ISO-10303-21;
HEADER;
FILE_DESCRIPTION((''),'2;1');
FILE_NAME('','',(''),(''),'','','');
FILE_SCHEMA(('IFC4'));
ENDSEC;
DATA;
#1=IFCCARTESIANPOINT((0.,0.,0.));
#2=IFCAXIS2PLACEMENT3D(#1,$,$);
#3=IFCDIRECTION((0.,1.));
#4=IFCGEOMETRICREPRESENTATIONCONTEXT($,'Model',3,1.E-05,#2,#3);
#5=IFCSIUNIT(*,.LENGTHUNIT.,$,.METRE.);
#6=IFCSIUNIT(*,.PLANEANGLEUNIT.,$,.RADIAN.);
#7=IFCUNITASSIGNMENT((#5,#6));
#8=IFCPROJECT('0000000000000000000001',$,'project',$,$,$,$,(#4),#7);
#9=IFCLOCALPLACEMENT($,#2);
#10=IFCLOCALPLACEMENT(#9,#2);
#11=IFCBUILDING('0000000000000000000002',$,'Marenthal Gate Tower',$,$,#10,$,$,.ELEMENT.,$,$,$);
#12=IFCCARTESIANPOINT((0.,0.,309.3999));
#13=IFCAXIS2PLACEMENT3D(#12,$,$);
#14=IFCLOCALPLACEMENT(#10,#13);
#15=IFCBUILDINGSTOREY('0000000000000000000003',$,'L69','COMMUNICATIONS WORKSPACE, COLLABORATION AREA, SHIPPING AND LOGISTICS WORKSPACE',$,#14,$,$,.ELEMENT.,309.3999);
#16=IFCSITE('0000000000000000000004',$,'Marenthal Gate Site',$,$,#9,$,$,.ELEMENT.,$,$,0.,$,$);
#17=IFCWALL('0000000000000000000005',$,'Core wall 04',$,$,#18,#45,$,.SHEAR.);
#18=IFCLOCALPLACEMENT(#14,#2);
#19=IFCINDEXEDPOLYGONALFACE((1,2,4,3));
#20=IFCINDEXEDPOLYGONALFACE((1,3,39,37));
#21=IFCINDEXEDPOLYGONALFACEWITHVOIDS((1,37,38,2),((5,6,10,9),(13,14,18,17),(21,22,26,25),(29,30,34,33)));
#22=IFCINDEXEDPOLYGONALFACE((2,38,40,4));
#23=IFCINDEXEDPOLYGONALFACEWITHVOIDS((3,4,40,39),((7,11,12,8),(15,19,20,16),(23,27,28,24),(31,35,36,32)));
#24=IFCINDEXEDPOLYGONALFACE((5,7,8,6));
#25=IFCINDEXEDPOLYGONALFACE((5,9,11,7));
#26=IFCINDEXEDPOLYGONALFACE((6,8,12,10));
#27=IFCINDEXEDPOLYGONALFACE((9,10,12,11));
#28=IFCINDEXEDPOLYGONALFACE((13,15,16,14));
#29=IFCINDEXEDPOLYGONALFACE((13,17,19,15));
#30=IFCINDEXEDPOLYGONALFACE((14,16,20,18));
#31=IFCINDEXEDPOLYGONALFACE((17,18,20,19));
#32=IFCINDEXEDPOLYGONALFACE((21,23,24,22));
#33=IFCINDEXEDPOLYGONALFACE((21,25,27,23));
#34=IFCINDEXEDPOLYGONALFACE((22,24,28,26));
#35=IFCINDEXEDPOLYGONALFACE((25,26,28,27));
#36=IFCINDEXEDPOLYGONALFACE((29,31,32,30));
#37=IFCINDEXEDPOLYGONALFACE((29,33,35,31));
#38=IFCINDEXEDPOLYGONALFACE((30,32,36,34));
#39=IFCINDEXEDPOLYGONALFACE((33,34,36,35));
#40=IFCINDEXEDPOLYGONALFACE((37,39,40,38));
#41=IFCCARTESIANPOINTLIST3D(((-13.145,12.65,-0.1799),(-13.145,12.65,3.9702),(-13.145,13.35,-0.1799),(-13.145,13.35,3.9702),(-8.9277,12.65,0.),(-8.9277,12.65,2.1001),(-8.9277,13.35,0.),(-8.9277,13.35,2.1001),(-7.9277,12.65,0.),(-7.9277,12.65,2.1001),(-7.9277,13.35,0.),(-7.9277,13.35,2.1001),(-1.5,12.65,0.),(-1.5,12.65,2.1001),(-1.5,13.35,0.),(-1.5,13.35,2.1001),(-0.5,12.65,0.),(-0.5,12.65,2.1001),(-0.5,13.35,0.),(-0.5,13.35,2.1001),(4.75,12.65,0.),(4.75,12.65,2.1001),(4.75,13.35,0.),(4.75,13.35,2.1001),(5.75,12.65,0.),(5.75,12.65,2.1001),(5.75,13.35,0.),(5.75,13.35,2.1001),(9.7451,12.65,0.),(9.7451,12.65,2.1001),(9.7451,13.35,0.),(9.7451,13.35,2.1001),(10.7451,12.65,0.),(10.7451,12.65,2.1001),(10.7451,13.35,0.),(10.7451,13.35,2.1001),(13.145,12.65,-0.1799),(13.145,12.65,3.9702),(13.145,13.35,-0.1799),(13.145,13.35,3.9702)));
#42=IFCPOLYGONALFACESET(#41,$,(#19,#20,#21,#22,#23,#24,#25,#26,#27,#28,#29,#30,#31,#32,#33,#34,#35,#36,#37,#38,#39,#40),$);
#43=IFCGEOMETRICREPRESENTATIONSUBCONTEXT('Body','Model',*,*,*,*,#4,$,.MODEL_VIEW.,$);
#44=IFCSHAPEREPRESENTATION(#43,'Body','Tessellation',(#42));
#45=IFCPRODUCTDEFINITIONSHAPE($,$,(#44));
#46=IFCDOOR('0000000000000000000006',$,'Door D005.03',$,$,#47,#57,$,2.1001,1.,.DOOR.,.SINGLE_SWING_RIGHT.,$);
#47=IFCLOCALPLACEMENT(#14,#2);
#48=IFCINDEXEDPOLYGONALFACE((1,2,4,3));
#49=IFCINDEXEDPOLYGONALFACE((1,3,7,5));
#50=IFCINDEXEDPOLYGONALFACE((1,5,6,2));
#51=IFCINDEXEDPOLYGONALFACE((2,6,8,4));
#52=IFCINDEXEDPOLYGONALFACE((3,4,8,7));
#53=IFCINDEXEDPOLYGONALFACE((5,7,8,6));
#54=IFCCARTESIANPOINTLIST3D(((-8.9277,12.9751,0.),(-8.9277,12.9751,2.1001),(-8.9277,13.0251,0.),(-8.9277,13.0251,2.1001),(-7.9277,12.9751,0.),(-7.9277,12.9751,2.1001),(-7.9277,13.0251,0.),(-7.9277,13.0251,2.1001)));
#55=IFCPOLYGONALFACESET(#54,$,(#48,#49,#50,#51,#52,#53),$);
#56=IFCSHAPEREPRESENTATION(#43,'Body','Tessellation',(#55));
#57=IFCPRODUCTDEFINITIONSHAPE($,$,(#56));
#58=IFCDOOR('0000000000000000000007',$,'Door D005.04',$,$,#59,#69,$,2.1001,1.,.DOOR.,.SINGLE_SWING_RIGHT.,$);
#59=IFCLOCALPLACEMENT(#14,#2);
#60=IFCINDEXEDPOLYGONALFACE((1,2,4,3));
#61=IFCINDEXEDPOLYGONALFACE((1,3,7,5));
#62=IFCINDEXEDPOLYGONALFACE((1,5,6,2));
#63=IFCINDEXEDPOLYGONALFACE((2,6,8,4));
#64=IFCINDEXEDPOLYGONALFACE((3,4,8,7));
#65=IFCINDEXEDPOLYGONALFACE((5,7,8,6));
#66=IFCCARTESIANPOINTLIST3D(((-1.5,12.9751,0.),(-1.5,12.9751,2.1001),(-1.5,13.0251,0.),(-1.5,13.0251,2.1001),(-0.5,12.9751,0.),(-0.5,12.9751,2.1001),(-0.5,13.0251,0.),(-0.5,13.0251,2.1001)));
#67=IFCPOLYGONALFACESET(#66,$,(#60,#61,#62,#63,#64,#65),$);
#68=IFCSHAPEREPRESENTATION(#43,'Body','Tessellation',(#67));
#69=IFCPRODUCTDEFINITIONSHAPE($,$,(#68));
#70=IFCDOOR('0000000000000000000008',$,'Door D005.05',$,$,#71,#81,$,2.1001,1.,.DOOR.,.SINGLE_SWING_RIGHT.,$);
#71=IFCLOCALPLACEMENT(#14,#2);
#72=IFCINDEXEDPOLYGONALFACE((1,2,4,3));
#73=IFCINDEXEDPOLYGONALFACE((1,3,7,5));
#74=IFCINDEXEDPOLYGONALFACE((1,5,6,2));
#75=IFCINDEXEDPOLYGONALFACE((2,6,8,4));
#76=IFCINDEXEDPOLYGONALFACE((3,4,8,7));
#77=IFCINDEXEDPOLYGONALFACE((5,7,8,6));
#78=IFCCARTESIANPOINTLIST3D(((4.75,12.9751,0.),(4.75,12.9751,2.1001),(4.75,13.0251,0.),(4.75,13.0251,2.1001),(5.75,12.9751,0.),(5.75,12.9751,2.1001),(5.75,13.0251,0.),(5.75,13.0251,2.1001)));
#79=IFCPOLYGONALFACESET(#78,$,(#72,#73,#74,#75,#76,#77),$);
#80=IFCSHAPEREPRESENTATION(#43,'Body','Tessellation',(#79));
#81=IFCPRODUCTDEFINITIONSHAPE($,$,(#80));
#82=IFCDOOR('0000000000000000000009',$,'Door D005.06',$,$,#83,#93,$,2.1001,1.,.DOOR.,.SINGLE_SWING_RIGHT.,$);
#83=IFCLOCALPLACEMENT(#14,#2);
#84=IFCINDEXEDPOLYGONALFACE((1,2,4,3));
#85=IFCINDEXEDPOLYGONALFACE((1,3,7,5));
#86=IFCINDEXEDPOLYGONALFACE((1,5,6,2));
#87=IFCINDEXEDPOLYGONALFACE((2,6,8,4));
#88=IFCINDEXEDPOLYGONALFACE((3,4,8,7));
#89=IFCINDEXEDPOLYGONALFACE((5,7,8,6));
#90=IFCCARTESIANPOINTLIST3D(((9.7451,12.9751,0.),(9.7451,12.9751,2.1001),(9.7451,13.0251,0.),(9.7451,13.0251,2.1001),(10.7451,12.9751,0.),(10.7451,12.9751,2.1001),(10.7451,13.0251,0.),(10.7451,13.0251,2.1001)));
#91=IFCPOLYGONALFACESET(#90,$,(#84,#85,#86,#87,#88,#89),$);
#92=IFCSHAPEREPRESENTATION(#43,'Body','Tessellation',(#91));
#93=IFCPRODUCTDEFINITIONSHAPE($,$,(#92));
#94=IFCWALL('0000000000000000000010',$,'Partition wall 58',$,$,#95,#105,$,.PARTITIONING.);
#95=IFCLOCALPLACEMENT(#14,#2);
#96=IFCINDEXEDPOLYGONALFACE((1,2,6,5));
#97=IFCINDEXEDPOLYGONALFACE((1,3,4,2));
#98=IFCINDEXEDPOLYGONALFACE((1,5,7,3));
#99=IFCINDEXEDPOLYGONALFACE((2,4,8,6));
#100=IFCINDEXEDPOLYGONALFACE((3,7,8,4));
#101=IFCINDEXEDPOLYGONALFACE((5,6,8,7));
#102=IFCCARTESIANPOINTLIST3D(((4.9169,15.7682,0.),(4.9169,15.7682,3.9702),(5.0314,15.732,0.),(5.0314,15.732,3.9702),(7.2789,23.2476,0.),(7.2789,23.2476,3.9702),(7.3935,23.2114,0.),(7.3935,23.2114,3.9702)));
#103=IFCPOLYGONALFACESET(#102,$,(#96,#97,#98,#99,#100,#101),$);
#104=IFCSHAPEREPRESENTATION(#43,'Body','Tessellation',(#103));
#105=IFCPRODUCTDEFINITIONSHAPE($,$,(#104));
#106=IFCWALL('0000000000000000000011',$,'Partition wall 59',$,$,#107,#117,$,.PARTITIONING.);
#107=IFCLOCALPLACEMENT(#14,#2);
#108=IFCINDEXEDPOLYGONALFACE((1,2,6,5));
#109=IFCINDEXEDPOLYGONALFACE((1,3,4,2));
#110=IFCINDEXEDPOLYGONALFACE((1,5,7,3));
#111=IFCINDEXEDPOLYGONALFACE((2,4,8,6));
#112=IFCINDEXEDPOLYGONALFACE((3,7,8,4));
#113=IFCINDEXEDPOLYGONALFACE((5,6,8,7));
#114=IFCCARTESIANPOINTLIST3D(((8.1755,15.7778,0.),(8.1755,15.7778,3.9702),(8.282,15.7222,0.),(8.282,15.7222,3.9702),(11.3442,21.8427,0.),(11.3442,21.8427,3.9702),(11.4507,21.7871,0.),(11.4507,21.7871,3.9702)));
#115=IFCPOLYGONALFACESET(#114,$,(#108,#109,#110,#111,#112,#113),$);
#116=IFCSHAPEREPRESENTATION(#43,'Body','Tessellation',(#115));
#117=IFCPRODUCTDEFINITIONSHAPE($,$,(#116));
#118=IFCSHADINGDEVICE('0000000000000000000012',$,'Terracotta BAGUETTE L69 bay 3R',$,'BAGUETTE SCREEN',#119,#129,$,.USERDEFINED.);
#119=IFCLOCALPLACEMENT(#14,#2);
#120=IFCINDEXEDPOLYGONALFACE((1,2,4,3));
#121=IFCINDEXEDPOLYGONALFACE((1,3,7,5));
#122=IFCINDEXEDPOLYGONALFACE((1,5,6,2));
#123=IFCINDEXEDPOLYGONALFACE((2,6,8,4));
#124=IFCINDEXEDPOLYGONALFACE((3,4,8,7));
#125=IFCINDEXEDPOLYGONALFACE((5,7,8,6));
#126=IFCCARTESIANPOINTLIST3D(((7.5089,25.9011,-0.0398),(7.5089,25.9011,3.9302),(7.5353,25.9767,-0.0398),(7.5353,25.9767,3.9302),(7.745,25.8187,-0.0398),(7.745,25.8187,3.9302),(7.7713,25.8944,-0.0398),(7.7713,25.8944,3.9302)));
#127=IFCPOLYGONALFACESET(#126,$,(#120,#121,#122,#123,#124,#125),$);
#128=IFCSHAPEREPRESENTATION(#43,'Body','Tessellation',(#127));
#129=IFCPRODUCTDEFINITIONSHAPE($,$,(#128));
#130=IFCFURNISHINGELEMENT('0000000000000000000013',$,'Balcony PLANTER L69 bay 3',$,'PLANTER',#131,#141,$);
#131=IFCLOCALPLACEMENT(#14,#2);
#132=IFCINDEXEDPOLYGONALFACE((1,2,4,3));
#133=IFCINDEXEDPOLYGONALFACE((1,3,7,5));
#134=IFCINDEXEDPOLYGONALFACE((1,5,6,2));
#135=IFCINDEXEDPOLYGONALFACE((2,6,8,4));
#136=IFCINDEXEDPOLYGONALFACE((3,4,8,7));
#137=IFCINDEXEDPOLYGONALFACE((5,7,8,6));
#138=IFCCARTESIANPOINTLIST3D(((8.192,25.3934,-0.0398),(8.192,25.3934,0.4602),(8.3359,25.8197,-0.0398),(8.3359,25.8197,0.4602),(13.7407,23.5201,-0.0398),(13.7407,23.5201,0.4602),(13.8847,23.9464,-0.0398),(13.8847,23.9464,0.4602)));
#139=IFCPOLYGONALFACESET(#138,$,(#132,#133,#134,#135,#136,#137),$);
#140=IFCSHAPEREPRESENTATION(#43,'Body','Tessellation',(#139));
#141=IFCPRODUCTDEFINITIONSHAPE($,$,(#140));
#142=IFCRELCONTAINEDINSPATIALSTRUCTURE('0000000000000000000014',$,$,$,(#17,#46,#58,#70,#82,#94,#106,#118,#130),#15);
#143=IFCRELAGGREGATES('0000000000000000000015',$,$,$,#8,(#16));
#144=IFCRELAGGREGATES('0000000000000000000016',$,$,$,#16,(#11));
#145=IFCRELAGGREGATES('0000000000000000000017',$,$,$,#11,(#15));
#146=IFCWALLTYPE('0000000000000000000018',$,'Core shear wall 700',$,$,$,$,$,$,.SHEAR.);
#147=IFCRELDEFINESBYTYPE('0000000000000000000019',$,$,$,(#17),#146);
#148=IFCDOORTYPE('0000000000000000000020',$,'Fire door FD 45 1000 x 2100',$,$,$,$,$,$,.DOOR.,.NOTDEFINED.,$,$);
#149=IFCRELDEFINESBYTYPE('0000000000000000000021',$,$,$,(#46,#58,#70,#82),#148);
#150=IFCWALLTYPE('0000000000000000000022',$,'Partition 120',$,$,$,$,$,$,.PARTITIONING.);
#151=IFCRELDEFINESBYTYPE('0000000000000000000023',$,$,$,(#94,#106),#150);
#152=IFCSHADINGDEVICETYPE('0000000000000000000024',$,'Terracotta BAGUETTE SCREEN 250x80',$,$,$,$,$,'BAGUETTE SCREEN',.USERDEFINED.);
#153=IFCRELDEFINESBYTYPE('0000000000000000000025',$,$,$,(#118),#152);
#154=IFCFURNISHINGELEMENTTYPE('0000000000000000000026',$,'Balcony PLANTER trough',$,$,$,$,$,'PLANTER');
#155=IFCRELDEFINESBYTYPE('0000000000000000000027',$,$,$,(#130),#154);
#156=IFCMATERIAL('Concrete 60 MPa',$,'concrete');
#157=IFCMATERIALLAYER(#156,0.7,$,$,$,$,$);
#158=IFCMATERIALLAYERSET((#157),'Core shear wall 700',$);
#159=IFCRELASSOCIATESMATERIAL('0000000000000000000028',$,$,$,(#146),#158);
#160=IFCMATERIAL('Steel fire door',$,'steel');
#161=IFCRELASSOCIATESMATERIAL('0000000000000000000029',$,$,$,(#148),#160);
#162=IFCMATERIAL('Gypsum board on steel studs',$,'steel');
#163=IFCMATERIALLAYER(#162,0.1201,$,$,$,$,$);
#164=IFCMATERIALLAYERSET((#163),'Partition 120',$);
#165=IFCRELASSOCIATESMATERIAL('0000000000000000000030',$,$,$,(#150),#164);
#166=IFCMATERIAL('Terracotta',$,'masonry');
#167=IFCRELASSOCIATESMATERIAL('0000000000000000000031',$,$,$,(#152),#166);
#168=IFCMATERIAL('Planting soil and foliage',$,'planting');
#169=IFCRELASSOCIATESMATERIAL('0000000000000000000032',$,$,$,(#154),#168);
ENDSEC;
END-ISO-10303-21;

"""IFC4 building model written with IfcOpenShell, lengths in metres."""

from ifc_helpers import new_model, si_unit, direction, frame, frame_2d, origin, origin_2d, place, context, subcontext, project, spatial, rectangle, extrude, material, layer, layer_set, material_profile, profile_set, type_object, element, fill, save


model = new_model("IFC4")

# Units and contexts
model_context = context("Model", 3, precision=1e-05, world=origin(), true_north=direction((0.0, 1.0)))
body_context = subcontext(model_context, "Body", "Model", "MODEL_VIEW")
ifc_project = project(units=[si_unit("LENGTHUNIT", "METRE"), si_unit("PLANEANGLEUNIT", "RADIAN")], contexts=[model_context])

# Site, building, storey
site_placement = place(None, origin())
site = spatial("IfcSite", under=ifc_project, at=site_placement, Name="Marenthal Gate Site", CompositionType="ELEMENT", RefElevation=0.0)
building_placement = place(site_placement, origin())
building = spatial("IfcBuilding", under=site, at=building_placement, Name="Marenthal Gate Tower", CompositionType="ELEMENT")
storey_placement = place(building_placement, frame((0.0, 0.0, 309.3999)))
storey = spatial("IfcBuildingStorey", under=building, at=storey_placement, Name="L69", Description="COMMUNICATIONS WORKSPACE, COLLABORATION AREA, SHIPPING AND LOGISTICS WORKSPACE", CompositionType="ELEMENT", Elevation=309.3999)

# Wall, openings, doors
ifc_material_1 = material(Name="Concrete 60 MPa", Category="concrete")
ifc_layer_1 = layer(ifc_material_1, 0.7)
ifc_layer_set_1 = layer_set([ifc_layer_1], Name="Core shear wall 700")
wall_type_1 = type_object("IfcWallType", Name="Core shear wall 700", PredefinedType="SHEAR", material=ifc_layer_set_1)
wall_1_placement = place(storey_placement, frame((13.145, 13.0, -0.1799), z_axis=(0.0, 0.0, 1.0), x_axis=(-1.0, 0.0, 0.0)))
wall_1 = element("IfcWall", 1, at=wall_1_placement, inside=storey, type_object=wall_type_1, Name="Core wall 04", PredefinedType="SHEAR", context=body_context, shape_type="SweptSolid", body=[
    extrude(rectangle(XDim=26.29, YDim=0.7, at=frame_2d((13.145, 0.0))), origin(), (0.0, 0.0, 1.0), 4.1501),
])
opening_1_placement = place(wall_1_placement, frame((21.0728, 0.0, 0.1799)))
opening_1 = element("IfcOpeningElement", 2, at=opening_1_placement, cuts=wall_1, PredefinedType="OPENING", context=body_context, shape_type="SweptSolid", body=[
    extrude(rectangle(XDim=1.0, YDim=2.1001, at=frame_2d((0.5, 1.05))), frame((0.0, 0.3599, 0.0), z_axis=(0.0, -1.0, 0.0), x_axis=(1.0, 0.0, 0.0)), (0.0, 0.0, 1.0), 0.72),
])
opening_2_placement = place(wall_1_placement, frame((13.645, 0.0, 0.1799)))
opening_2 = element("IfcOpeningElement", 3, at=opening_2_placement, cuts=wall_1, PredefinedType="OPENING", context=body_context, shape_type="SweptSolid", body=[
    extrude(rectangle(XDim=1.0, YDim=2.1001, at=frame_2d((0.5, 1.05))), frame((0.0, 0.3599, 0.0), z_axis=(0.0, -1.0, 0.0), x_axis=(1.0, 0.0, 0.0)), (0.0, 0.0, 1.0), 0.72),
])
opening_3_placement = place(wall_1_placement, frame((7.395, 0.0, 0.1799)))
opening_3 = element("IfcOpeningElement", 4, at=opening_3_placement, cuts=wall_1, PredefinedType="OPENING", context=body_context, shape_type="SweptSolid", body=[
    extrude(rectangle(XDim=1.0, YDim=2.1001, at=frame_2d((0.5, 1.05))), frame((0.0, 0.3599, 0.0), z_axis=(0.0, -1.0, 0.0), x_axis=(1.0, 0.0, 0.0)), (0.0, 0.0, 1.0), 0.72),
])
opening_4_placement = place(wall_1_placement, frame((2.3999, 0.0, 0.1799)))
opening_4 = element("IfcOpeningElement", 5, at=opening_4_placement, cuts=wall_1, PredefinedType="OPENING", context=body_context, shape_type="SweptSolid", body=[
    extrude(rectangle(XDim=1.0, YDim=2.1001, at=frame_2d((0.5, 1.05))), frame((0.0, 0.3599, 0.0), z_axis=(0.0, -1.0, 0.0), x_axis=(1.0, 0.0, 0.0)), (0.0, 0.0, 1.0), 0.72),
])
ifc_material_2 = material(Name="Steel fire door", Category="steel")
door_type = type_object("IfcDoorType", Name="Fire door FD 45 1000 x 2100", OperationType="NOTDEFINED", PredefinedType="DOOR", material=ifc_material_2)
door_1_placement = place(opening_1_placement, origin())
door_1 = element("IfcDoor", 6, at=door_1_placement, inside=storey, type_object=door_type, Name="Door D005.03", OperationType="SINGLE_SWING_RIGHT", OverallHeight=2.1001, OverallWidth=1.0, PredefinedType="DOOR", context=body_context, shape_type="SweptSolid", body=[
    extrude(rectangle(XDim=1.0, YDim=2.1001, at=frame_2d((0.5, 1.05))), frame((0.0, 0.0249, 0.0), z_axis=(0.0, -1.0, 0.0), x_axis=(1.0, 0.0, 0.0)), (0.0, 0.0, 1.0), 0.05),
])
fill(opening_1, door_1)
door_2_placement = place(opening_2_placement, origin())
door_2 = element("IfcDoor", 7, at=door_2_placement, inside=storey, type_object=door_type, Name="Door D005.04", OperationType="SINGLE_SWING_RIGHT", OverallHeight=2.1001, OverallWidth=1.0, PredefinedType="DOOR", context=body_context, shape_type="SweptSolid", body=[
    extrude(rectangle(XDim=1.0, YDim=2.1001, at=frame_2d((0.5, 1.05))), frame((0.0, 0.0249, 0.0), z_axis=(0.0, -1.0, 0.0), x_axis=(1.0, 0.0, 0.0)), (0.0, 0.0, 1.0), 0.05),
])
fill(opening_2, door_2)
door_3_placement = place(opening_3_placement, origin())
door_3 = element("IfcDoor", 8, at=door_3_placement, inside=storey, type_object=door_type, Name="Door D005.05", OperationType="SINGLE_SWING_RIGHT", OverallHeight=2.1001, OverallWidth=1.0, PredefinedType="DOOR", context=body_context, shape_type="SweptSolid", body=[
    extrude(rectangle(XDim=1.0, YDim=2.1001, at=frame_2d((0.5, 1.05))), frame((0.0, 0.0249, 0.0), z_axis=(0.0, -1.0, 0.0), x_axis=(1.0, 0.0, 0.0)), (0.0, 0.0, 1.0), 0.05),
])
fill(opening_3, door_3)
door_4_placement = place(opening_4_placement, origin())
door_4 = element("IfcDoor", 9, at=door_4_placement, inside=storey, type_object=door_type, Name="Door D005.06", OperationType="SINGLE_SWING_RIGHT", OverallHeight=2.1001, OverallWidth=1.0, PredefinedType="DOOR", context=body_context, shape_type="SweptSolid", body=[
    extrude(rectangle(XDim=1.0, YDim=2.1001, at=frame_2d((0.5, 1.05))), frame((0.0, 0.0249, 0.0), z_axis=(0.0, -1.0, 0.0), x_axis=(1.0, 0.0, 0.0)), (0.0, 0.0, 1.0), 0.05),
])
fill(opening_4, door_4)

# Walls
ifc_material_3 = material(Name="Gypsum board on steel studs", Category="steel")
ifc_layer_2 = layer(ifc_material_3, 0.1201)
ifc_layer_set_2 = layer_set([ifc_layer_2], Name="Partition 120")
wall_type_2 = type_object("IfcWallType", Name="Partition 120", PredefinedType="PARTITIONING", material=ifc_layer_set_2)
wall_2_placement = place(storey_placement, frame((4.9741, 15.75, 0.0), z_axis=(0.0, 0.0, 1.0), x_axis=(0.301145, 0.953578, 0.0)))
element("IfcWall", 10, at=wall_2_placement, inside=storey, type_object=wall_type_2, Name="Partition wall 58", PredefinedType="PARTITIONING", context=body_context, shape_type="SweptSolid", body=[
    extrude(rectangle(XDim=7.8435, YDim=0.1201, at=frame_2d((3.9219, 0.0))), origin(), (0.0, 0.0, 1.0), 3.9702),
])
wall_3_placement = place(storey_placement, frame((8.2288, 15.75, 0.0), z_axis=(0.0, 0.0, 1.0), x_axis=(0.46307, 0.886322, 0.0)))
element("IfcWall", 11, at=wall_3_placement, inside=storey, type_object=wall_type_2, Name="Partition wall 59", PredefinedType="PARTITIONING", context=body_context, shape_type="SweptSolid", body=[
    extrude(rectangle(XDim=6.8428, YDim=0.1201, at=frame_2d((3.4214, 0.0))), origin(), (0.0, 0.0, 1.0), 3.9702),
])

# Shading device
ifc_material_4 = material(Name="Terracotta", Category="masonry")
ifc_material_profile_1 = material_profile(ifc_material_4, rectangle(XDim=0.25, YDim=0.0801, at=origin_2d()), Name="Terracotta baguette 250x80")
ifc_profile_set_1 = profile_set([ifc_material_profile_1], Name="Terracotta")
shading_device_type = type_object("IfcShadingDeviceType", Name="Terracotta BAGUETTE SCREEN 250x80", ElementType="BAGUETTE SCREEN", PredefinedType="USERDEFINED", material=ifc_profile_set_1)
shading_device_placement = place(storey_placement, frame((7.6401, 25.8977, -0.0398), z_axis=(0.0, 0.0, 1.0), x_axis=(-0.944249, 0.329232, 0.0)))
element("IfcShadingDevice", 12, at=shading_device_placement, inside=storey, type_object=shading_device_type, Name="Terracotta BAGUETTE L69 bay 3R", ObjectType="BAGUETTE SCREEN", PredefinedType="USERDEFINED", context=body_context, shape_type="SweptSolid", body=[
    extrude(rectangle(XDim=0.25, YDim=0.0801, at=origin_2d()), origin(), (0.0, 0.0, 1.0), 3.97),
])

# Furnishing element
ifc_material_5 = material(Name="Planting soil and foliage", Category="planting")
furnishing_element_type = type_object("IfcFurnishingElementType", Name="Balcony PLANTER trough", ElementType="PLANTER", material=ifc_material_5)
furnishing_placement = place(storey_placement, frame((11.0383, 24.6699, -0.0398), z_axis=(0.0, 0.0, 1.0), x_axis=(-0.947463, 0.319866, 0.0)))
element("IfcFurnishingElement", 13, at=furnishing_placement, inside=storey, type_object=furnishing_element_type, Name="Balcony PLANTER L69 bay 3", ObjectType="PLANTER", context=body_context, shape_type="SweptSolid", body=[
    extrude(rectangle(XDim=5.8564, YDim=0.45, at=origin_2d()), origin(), (0.0, 0.0, 1.0), 0.5),
])

save(model, "model.ifc")
